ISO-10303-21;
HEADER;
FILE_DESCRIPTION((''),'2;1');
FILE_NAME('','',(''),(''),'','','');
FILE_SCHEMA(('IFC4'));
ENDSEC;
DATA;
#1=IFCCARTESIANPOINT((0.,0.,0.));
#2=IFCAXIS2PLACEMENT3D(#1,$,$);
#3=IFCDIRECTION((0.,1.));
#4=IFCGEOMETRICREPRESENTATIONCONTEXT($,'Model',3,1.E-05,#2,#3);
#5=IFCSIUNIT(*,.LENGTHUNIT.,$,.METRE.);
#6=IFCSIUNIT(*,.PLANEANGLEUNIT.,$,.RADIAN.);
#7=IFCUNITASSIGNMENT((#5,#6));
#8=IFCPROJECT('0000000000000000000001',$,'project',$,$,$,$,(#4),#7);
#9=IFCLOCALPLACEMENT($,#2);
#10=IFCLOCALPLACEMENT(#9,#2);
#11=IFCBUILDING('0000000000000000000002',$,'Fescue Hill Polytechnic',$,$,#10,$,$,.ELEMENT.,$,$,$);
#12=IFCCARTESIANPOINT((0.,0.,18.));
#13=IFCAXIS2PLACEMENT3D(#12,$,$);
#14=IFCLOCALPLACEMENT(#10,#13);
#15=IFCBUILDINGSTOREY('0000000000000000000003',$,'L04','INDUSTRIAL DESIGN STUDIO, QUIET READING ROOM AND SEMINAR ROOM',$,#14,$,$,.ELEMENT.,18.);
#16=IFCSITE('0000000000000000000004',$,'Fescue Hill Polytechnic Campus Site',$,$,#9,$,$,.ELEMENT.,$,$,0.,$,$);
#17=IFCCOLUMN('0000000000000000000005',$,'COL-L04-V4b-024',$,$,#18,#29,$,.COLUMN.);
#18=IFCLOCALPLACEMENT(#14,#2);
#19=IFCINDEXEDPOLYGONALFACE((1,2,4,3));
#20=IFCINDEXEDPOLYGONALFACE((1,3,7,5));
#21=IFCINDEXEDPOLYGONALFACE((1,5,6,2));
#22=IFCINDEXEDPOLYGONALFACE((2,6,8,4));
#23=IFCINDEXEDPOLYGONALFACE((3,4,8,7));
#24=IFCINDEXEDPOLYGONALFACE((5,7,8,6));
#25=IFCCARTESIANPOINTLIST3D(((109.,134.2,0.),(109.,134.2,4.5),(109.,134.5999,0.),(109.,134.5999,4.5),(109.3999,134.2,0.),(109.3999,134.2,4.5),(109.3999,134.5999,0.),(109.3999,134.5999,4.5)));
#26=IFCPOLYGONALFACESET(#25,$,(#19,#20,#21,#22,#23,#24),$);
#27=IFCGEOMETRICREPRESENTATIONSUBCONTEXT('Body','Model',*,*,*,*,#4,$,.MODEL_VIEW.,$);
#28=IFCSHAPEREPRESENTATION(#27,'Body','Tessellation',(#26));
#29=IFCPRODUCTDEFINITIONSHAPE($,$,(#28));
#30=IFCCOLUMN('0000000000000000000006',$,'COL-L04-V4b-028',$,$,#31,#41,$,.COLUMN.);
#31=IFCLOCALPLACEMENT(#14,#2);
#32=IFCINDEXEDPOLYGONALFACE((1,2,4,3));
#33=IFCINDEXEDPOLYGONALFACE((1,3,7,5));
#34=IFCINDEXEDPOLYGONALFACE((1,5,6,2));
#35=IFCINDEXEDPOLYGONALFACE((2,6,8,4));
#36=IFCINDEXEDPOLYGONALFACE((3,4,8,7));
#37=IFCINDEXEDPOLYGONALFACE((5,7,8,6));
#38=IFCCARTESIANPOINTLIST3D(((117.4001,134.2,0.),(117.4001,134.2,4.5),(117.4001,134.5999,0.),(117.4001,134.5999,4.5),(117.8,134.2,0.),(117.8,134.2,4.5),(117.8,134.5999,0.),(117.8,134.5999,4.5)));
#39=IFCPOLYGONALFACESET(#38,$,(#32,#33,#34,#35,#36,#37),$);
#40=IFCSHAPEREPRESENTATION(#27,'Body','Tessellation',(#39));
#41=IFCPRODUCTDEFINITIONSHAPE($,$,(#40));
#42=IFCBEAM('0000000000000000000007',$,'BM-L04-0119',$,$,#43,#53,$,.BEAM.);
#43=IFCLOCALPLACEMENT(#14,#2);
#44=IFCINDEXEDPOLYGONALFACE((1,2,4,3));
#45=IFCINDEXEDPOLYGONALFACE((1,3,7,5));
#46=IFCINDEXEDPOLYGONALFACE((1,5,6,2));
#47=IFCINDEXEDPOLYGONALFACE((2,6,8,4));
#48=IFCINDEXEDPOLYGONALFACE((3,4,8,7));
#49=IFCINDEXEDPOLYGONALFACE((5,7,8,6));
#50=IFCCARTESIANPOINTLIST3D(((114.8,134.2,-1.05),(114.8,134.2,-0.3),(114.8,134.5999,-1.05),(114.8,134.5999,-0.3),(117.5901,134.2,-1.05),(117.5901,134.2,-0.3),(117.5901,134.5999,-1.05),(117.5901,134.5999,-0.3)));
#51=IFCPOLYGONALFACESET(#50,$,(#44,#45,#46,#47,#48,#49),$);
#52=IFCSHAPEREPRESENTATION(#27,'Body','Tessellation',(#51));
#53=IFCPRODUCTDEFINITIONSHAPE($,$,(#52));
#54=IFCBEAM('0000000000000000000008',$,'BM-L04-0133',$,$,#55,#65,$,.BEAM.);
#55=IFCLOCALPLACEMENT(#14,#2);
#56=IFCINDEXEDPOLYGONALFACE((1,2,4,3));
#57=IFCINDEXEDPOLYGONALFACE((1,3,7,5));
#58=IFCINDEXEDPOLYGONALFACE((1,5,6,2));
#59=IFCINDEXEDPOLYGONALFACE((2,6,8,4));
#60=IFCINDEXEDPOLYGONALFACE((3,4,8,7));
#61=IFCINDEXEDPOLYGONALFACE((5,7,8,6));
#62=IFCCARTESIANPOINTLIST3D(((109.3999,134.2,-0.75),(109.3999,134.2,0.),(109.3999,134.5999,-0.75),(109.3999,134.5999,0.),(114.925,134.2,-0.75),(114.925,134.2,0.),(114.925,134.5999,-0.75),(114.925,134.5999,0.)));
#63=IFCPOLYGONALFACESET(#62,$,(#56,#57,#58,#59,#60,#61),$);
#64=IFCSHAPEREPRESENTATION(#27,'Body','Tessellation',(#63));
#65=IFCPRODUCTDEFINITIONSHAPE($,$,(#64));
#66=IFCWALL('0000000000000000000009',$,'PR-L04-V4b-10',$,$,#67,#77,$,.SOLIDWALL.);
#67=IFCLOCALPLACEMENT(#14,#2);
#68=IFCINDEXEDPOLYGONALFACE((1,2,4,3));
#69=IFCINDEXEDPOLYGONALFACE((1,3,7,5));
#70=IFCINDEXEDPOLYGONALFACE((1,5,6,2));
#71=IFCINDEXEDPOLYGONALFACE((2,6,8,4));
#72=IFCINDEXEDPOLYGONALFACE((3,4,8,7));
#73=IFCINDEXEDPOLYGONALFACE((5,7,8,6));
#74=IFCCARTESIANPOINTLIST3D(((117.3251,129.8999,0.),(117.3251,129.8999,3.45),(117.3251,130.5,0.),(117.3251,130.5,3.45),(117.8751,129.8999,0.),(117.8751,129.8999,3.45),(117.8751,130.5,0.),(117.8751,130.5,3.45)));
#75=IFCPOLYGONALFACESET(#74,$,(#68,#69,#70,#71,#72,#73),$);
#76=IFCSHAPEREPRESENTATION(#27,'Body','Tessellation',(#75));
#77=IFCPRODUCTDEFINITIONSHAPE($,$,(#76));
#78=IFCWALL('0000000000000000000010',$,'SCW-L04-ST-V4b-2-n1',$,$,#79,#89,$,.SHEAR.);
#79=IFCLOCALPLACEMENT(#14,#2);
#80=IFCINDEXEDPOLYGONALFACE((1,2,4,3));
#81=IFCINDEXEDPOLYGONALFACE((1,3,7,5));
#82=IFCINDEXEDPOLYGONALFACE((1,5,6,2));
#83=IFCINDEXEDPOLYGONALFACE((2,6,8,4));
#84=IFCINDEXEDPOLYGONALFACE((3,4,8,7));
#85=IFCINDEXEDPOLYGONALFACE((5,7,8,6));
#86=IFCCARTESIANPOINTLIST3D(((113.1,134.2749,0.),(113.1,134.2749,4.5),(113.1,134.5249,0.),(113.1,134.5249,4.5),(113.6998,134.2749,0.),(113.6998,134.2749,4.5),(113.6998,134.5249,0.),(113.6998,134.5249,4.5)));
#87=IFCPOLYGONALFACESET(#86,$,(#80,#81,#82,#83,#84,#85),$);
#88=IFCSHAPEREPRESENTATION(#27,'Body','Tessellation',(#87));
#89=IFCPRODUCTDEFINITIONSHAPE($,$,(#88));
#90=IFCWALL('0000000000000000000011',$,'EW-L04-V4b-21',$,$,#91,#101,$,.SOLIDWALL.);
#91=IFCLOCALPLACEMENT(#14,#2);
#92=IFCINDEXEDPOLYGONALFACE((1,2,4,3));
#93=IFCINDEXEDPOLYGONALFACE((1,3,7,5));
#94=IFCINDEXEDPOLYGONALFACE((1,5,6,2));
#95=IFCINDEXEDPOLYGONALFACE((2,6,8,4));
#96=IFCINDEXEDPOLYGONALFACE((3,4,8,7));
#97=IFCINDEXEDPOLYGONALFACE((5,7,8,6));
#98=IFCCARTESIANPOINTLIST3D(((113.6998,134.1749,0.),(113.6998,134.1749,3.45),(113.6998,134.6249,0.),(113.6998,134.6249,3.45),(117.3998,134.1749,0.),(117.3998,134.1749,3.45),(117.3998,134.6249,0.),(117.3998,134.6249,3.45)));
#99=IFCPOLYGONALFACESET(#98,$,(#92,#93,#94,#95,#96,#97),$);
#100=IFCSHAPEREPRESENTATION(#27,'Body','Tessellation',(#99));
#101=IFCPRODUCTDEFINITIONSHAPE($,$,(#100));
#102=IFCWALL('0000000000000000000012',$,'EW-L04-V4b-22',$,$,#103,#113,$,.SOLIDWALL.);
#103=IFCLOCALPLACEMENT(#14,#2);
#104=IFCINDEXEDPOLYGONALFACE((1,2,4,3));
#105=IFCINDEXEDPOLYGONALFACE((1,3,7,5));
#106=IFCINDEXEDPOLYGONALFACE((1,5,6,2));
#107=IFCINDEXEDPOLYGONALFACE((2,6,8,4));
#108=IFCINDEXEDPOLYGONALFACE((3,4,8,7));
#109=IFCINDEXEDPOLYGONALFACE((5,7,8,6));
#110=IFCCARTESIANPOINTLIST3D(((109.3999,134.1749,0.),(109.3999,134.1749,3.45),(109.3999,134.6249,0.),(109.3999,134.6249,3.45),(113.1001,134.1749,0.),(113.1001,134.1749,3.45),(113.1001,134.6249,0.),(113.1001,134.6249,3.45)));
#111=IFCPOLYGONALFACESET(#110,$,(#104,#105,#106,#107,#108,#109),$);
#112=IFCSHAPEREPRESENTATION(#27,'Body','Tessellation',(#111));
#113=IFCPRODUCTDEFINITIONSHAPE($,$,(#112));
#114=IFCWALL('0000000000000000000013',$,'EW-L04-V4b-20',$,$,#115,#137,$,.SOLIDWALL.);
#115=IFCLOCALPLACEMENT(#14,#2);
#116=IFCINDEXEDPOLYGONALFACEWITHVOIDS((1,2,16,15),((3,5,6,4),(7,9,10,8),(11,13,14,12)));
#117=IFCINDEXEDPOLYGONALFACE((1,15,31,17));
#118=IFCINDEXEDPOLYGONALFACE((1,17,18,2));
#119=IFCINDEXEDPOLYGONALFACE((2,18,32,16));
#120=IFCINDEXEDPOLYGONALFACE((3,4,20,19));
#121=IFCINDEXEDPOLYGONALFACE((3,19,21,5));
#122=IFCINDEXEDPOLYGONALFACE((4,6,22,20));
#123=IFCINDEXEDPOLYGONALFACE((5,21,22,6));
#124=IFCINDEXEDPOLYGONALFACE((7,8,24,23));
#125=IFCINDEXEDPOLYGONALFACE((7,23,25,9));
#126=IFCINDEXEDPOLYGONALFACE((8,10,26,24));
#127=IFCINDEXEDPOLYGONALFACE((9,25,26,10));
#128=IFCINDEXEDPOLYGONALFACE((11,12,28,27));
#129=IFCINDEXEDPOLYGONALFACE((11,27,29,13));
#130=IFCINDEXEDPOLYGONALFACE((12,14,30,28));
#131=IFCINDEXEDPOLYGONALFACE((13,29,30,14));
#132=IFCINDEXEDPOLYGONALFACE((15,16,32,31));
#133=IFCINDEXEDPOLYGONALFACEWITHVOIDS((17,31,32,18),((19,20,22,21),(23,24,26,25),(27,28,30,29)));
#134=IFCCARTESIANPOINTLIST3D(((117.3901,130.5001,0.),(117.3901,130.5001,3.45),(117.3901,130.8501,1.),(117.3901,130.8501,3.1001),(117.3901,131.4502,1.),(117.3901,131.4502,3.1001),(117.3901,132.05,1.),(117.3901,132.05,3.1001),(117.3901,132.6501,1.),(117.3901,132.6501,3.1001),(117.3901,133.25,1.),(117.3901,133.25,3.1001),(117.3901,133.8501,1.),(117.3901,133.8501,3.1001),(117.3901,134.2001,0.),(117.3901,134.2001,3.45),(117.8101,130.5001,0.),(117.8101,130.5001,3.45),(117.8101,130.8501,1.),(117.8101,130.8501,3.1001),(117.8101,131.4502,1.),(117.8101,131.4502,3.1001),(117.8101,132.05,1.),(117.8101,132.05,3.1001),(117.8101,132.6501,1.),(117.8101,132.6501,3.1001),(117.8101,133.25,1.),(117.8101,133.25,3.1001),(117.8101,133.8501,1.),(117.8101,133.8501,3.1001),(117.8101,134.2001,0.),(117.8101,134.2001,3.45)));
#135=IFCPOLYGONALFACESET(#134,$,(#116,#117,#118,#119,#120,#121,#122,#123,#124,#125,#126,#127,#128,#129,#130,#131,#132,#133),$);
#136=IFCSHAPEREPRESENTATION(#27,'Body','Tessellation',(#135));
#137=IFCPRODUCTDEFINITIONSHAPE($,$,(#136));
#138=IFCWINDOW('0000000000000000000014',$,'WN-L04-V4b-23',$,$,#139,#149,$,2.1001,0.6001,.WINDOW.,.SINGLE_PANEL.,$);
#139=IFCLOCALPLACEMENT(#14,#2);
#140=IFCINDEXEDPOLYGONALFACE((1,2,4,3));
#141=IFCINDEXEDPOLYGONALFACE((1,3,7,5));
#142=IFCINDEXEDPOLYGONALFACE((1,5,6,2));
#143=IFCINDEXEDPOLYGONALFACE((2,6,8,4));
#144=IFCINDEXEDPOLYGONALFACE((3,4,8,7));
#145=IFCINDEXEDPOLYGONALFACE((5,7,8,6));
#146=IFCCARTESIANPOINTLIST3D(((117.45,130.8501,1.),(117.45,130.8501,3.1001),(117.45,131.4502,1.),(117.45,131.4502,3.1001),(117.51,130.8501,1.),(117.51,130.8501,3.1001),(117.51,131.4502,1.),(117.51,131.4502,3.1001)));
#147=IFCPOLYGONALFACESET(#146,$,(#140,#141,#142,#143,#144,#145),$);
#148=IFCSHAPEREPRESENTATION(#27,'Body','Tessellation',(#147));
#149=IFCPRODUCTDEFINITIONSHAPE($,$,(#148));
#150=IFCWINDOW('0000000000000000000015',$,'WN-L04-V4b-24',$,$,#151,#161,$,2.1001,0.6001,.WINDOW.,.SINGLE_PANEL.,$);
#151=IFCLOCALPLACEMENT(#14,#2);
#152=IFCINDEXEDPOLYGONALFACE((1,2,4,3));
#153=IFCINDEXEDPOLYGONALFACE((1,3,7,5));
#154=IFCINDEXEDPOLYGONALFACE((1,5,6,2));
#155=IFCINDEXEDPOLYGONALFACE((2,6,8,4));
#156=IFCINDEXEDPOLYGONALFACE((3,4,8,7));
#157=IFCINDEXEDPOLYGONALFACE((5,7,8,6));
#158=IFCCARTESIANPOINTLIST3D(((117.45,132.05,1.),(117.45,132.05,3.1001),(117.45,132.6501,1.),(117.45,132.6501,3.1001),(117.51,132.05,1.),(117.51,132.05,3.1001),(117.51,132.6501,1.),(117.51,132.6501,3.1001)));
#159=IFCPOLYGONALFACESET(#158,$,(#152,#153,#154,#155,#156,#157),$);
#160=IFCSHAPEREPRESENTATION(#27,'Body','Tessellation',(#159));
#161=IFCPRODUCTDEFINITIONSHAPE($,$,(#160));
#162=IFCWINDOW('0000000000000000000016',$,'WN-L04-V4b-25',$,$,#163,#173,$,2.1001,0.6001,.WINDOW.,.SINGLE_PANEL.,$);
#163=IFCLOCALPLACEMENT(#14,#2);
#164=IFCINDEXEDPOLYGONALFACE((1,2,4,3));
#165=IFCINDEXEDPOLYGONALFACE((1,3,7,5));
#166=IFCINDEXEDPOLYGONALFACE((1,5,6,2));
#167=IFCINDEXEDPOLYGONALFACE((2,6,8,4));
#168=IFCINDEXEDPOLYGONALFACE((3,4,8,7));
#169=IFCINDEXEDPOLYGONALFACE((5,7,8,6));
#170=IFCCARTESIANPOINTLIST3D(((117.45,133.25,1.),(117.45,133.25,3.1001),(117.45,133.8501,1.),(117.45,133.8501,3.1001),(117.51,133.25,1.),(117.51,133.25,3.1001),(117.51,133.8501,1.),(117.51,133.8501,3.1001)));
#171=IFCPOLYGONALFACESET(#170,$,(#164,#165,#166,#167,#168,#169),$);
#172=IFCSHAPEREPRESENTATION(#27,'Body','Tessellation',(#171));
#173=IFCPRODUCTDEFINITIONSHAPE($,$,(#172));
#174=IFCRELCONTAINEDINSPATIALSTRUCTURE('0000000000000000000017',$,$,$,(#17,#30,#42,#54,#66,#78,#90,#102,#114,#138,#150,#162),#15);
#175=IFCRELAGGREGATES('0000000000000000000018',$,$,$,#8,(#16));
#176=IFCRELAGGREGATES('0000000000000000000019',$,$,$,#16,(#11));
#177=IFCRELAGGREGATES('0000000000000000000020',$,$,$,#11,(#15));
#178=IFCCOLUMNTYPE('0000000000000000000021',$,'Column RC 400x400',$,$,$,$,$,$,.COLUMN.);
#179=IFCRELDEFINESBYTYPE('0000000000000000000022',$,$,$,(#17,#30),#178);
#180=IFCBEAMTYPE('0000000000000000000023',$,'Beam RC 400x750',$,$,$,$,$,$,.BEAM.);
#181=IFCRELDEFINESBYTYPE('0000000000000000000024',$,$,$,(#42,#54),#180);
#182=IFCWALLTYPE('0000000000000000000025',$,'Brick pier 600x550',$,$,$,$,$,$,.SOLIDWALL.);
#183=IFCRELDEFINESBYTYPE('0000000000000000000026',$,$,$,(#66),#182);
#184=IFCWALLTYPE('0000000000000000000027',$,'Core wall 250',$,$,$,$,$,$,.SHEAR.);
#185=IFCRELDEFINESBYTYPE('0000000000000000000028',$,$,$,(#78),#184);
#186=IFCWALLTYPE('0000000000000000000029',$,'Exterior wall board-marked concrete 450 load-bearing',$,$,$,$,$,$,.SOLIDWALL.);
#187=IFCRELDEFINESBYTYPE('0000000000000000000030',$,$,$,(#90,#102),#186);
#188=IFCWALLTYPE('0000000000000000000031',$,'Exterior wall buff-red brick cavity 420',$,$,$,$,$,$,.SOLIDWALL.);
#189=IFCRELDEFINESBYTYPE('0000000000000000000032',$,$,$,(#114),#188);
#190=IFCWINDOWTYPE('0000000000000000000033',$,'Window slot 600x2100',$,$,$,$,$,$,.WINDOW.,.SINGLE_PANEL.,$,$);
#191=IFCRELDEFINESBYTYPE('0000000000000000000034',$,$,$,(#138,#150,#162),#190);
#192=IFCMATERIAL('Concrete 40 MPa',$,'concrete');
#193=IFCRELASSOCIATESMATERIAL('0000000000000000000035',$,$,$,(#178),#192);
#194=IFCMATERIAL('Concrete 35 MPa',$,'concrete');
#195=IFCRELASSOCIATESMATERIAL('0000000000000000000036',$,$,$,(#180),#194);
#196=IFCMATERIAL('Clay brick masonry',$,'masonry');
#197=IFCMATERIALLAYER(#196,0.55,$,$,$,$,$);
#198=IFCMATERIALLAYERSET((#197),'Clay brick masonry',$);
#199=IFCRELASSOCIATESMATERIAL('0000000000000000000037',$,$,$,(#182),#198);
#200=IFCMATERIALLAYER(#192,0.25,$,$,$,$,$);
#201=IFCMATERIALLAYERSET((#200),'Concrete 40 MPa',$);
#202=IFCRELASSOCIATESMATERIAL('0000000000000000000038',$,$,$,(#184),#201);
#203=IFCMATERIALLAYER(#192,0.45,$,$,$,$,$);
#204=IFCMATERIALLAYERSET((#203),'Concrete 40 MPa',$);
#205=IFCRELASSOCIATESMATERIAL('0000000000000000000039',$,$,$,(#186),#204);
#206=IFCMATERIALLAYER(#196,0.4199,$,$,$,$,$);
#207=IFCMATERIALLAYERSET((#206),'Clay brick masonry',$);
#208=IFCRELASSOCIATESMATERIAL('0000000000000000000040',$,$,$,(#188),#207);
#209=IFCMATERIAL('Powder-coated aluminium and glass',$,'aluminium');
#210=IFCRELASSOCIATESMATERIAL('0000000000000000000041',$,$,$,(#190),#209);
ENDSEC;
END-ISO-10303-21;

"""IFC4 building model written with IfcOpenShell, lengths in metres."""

from ifc_helpers import new_model, si_unit, direction, frame, frame_2d, origin, origin_2d, place, context, subcontext, project, spatial, rectangle, extrude, material, layer, layer_set, material_profile, profile_set, type_object, element, fill, save


model = new_model("IFC4")

# Units and contexts
model_context = context("Model", 3, precision=1e-05, world=origin(), true_north=direction((0.0, 1.0)))
body_context = subcontext(model_context, "Body", "Model", "MODEL_VIEW")
ifc_project = project(units=[si_unit("LENGTHUNIT", "METRE"), si_unit("PLANEANGLEUNIT", "RADIAN")], contexts=[model_context])

# Site, building, storey
site_placement = place(None, origin())
site = spatial("IfcSite", under=ifc_project, at=site_placement, Name="Fescue Hill Polytechnic Campus Site", CompositionType="ELEMENT", RefElevation=0.0)
building_placement = place(site_placement, origin())
building = spatial("IfcBuilding", under=site, at=building_placement, Name="Fescue Hill Polytechnic", CompositionType="ELEMENT")
storey_placement = place(building_placement, frame((0.0, 0.0, 18.0)))
storey = spatial("IfcBuildingStorey", under=building, at=storey_placement, Name="L04", Description="INDUSTRIAL DESIGN STUDIO, QUIET READING ROOM AND SEMINAR ROOM", CompositionType="ELEMENT", Elevation=18.0)

# Columns
ifc_material_1 = material(Name="Concrete 40 MPa", Category="concrete")
ifc_material_profile_1 = material_profile(ifc_material_1, rectangle(XDim=0.3999, YDim=0.3999, at=origin_2d()), Name="RC 400x400")
ifc_profile_set_1 = profile_set([ifc_material_profile_1], Name="Concrete 40 MPa")
column_type = type_object("IfcColumnType", Name="Column RC 400x400", PredefinedType="COLUMN", material=ifc_profile_set_1)
for number, where, z_axis, x_axis, name in (
    (1, (109.2, 134.3999, 0.0), (0.0, 0.0, 1.0), (1.0, 0.0, 0.0), "COL-L04-V4b-024"),
    (2, (117.6001, 134.3999, 0.0), (0.0, 0.0, 1.0), (1.0, 0.0, 0.0), "COL-L04-V4b-028"),
):
    element("IfcColumn", number, at=place(storey_placement, frame(where, z_axis=z_axis, x_axis=x_axis)), inside=storey, type_object=column_type, Name=name, PredefinedType="COLUMN", context=body_context, shape_type="SweptSolid", body=[
        extrude(rectangle(XDim=0.3999, YDim=0.3999, at=origin_2d()), origin(), (0.0, 0.0, 1.0), 4.5),
    ])

# Beams
ifc_material_2 = material(Name="Concrete 35 MPa", Category="concrete")
ifc_material_profile_2 = material_profile(ifc_material_2, rectangle(XDim=0.3999, YDim=0.75, at=origin_2d()), Name="RC 400x750")
ifc_profile_set_2 = profile_set([ifc_material_profile_2], Name="Concrete 35 MPa")
beam_type = type_object("IfcBeamType", Name="Beam RC 400x750", PredefinedType="BEAM", material=ifc_profile_set_2)
beam_1_placement = place(storey_placement, frame((114.8, 134.3999, -0.675), z_axis=(1.0, 0.0, 0.0), x_axis=(0.0, 1.0, 0.0)))
element("IfcBeam", 3, at=beam_1_placement, inside=storey, type_object=beam_type, Name="BM-L04-0119", PredefinedType="BEAM", context=body_context, shape_type="SweptSolid", body=[
    extrude(rectangle(XDim=0.3999, YDim=0.75, at=origin_2d()), origin(), (0.0, 0.0, 1.0), 2.79),
])
beam_2_placement = place(storey_placement, frame((109.3999, 134.3999, -0.375), z_axis=(1.0, 0.0, 0.0), x_axis=(0.0, 1.0, 0.0)))
element("IfcBeam", 4, at=beam_2_placement, inside=storey, type_object=beam_type, Name="BM-L04-0133", PredefinedType="BEAM", context=body_context, shape_type="SweptSolid", body=[
    extrude(rectangle(XDim=0.3999, YDim=0.75, at=origin_2d()), origin(), (0.0, 0.0, 1.0), 5.5251),
])

# Walls
ifc_material_3 = material(Name="Clay brick masonry", Category="masonry")
ifc_layer_1 = layer(ifc_material_3, 0.55)
ifc_layer_set_1 = layer_set([ifc_layer_1], Name="Clay brick masonry")
wall_type_1 = type_object("IfcWallType", Name="Brick pier 600x550", PredefinedType="SOLIDWALL", material=ifc_layer_set_1)
wall_1_placement = place(storey_placement, frame((117.6001, 129.8999, 0.0), z_axis=(0.0, 0.0, 1.0), x_axis=(0.0, 1.0, 0.0)))
element("IfcWall", 5, at=wall_1_placement, inside=storey, type_object=wall_type_1, Name="PR-L04-V4b-10", PredefinedType="SOLIDWALL", context=body_context, shape_type="SweptSolid", body=[
    extrude(rectangle(XDim=0.6001, YDim=0.55, at=frame_2d((0.3, 0.0))), origin(), (0.0, 0.0, 1.0), 3.45),
])
ifc_layer_2 = layer(ifc_material_1, 0.25)
ifc_layer_set_2 = layer_set([ifc_layer_2], Name="Concrete 40 MPa")
wall_type_2 = type_object("IfcWallType", Name="Core wall 250", PredefinedType="SHEAR", material=ifc_layer_set_2)
wall_2_placement = place(storey_placement, frame((113.1001, 134.3999, 0.0), z_axis=(0.0, 0.0, 1.0), x_axis=(1.0, 0.0, 0.0)))
element("IfcWall", 6, at=wall_2_placement, inside=storey, type_object=wall_type_2, Name="SCW-L04-ST-V4b-2-n1", PredefinedType="SHEAR", context=body_context, shape_type="SweptSolid", body=[
    extrude(rectangle(XDim=0.5999, YDim=0.25, at=frame_2d((0.2998, 0.0))), origin(), (0.0, 0.0, 1.0), 4.5),
])
ifc_layer_3 = layer(ifc_material_1, 0.45)
ifc_layer_set_3 = layer_set([ifc_layer_3], Name="Concrete 40 MPa")
wall_type_3 = type_object("IfcWallType", Name="Exterior wall board-marked concrete 450 load-bearing", PredefinedType="SOLIDWALL", material=ifc_layer_set_3)
wall_3_placement = place(storey_placement, frame((117.3999, 134.3999, 0.0), z_axis=(0.0, 0.0, 1.0), x_axis=(-1.0, 0.0, 0.0)))
element("IfcWall", 7, at=wall_3_placement, inside=storey, type_object=wall_type_3, Name="EW-L04-V4b-21", PredefinedType="SOLIDWALL", context=body_context, shape_type="SweptSolid", body=[
    extrude(rectangle(XDim=3.7, YDim=0.45, at=frame_2d((1.8501, 0.0))), origin(), (0.0, 0.0, 1.0), 3.45),
])
wall_4_placement = place(storey_placement, frame((113.1001, 134.3999, 0.0), z_axis=(0.0, 0.0, 1.0), x_axis=(-1.0, 0.0, 0.0)))
element("IfcWall", 8, at=wall_4_placement, inside=storey, type_object=wall_type_3, Name="EW-L04-V4b-22", PredefinedType="SOLIDWALL", context=body_context, shape_type="SweptSolid", body=[
    extrude(rectangle(XDim=3.7002, YDim=0.45, at=frame_2d((1.8501, 0.0))), origin(), (0.0, 0.0, 1.0), 3.45),
])

# Wall, openings, windows
ifc_layer_4 = layer(ifc_material_3, 0.4199)
ifc_layer_set_4 = layer_set([ifc_layer_4], Name="Clay brick masonry")
wall_type_4 = type_object("IfcWallType", Name="Exterior wall buff-red brick cavity 420", PredefinedType="SOLIDWALL", material=ifc_layer_set_4)
wall_5_placement = place(storey_placement, frame((117.6001, 130.5, 0.0), z_axis=(0.0, 0.0, 1.0), x_axis=(0.0, 1.0, 0.0)))
wall_5 = element("IfcWall", 9, at=wall_5_placement, inside=storey, type_object=wall_type_4, Name="EW-L04-V4b-20", PredefinedType="SOLIDWALL", context=body_context, shape_type="SweptSolid", body=[
    extrude(rectangle(XDim=3.7, YDim=0.4199, at=frame_2d((1.8501, 0.0))), origin(), (0.0, 0.0, 1.0), 3.45),
])
opening_1_placement = place(wall_5_placement, frame((0.3501, 0.0, 1.0)))
opening_1 = element("IfcOpeningElement", 10, at=opening_1_placement, cuts=wall_5, PredefinedType="OPENING", context=body_context, shape_type="SweptSolid", body=[
    extrude(rectangle(XDim=0.6001, YDim=2.1001, at=frame_2d((0.3, 1.05))), frame((0.0, 0.22, 0.0), z_axis=(0.0, -1.0, 0.0), x_axis=(1.0, 0.0, 0.0)), (0.0, 0.0, 1.0), 0.4399),
])
opening_2_placement = place(wall_5_placement, frame((1.55, 0.0, 1.0)))
opening_2 = element("IfcOpeningElement", 11, at=opening_2_placement, cuts=wall_5, PredefinedType="OPENING", context=body_context, shape_type="SweptSolid", body=[
    extrude(rectangle(XDim=0.6001, YDim=2.1001, at=frame_2d((0.3, 1.05))), frame((0.0, 0.22, 0.0), z_axis=(0.0, -1.0, 0.0), x_axis=(1.0, 0.0, 0.0)), (0.0, 0.0, 1.0), 0.4399),
])
opening_3_placement = place(wall_5_placement, frame((2.75, 0.0, 1.0)))
opening_3 = element("IfcOpeningElement", 12, at=opening_3_placement, cuts=wall_5, PredefinedType="OPENING", context=body_context, shape_type="SweptSolid", body=[
    extrude(rectangle(XDim=0.6001, YDim=2.1001, at=frame_2d((0.3, 1.05))), frame((0.0, 0.22, 0.0), z_axis=(0.0, -1.0, 0.0), x_axis=(1.0, 0.0, 0.0)), (0.0, 0.0, 1.0), 0.4399),
])
ifc_material_4 = material(Name="Powder-coated aluminium and glass", Category="aluminium")
window_type = type_object("IfcWindowType", Name="Window slot 600x2100", PartitioningType="SINGLE_PANEL", PredefinedType="WINDOW", material=ifc_material_4)
window_1_placement = place(opening_1_placement, origin())
window_1 = element("IfcWindow", 13, at=window_1_placement, inside=storey, type_object=window_type, Name="WN-L04-V4b-23", OverallHeight=2.1001, OverallWidth=0.6001, PartitioningType="SINGLE_PANEL", PredefinedType="WINDOW", context=body_context, shape_type="SweptSolid", body=[
    extrude(rectangle(XDim=0.6001, YDim=2.1001, at=frame_2d((0.3, 1.05))), frame((0.0, 0.1501, 0.0), z_axis=(0.0, -1.0, 0.0), x_axis=(1.0, 0.0, 0.0)), (0.0, 0.0, 1.0), 0.0601),
])
fill(opening_1, window_1)
window_2_placement = place(opening_2_placement, origin())
window_2 = element("IfcWindow", 14, at=window_2_placement, inside=storey, type_object=window_type, Name="WN-L04-V4b-24", OverallHeight=2.1001, OverallWidth=0.6001, PartitioningType="SINGLE_PANEL", PredefinedType="WINDOW", context=body_context, shape_type="SweptSolid", body=[
    extrude(rectangle(XDim=0.6001, YDim=2.1001, at=frame_2d((0.3, 1.05))), frame((0.0, 0.1501, 0.0), z_axis=(0.0, -1.0, 0.0), x_axis=(1.0, 0.0, 0.0)), (0.0, 0.0, 1.0), 0.0601),
])
fill(opening_2, window_2)
window_3_placement = place(opening_3_placement, origin())
window_3 = element("IfcWindow", 15, at=window_3_placement, inside=storey, type_object=window_type, Name="WN-L04-V4b-25", OverallHeight=2.1001, OverallWidth=0.6001, PartitioningType="SINGLE_PANEL", PredefinedType="WINDOW", context=body_context, shape_type="SweptSolid", body=[
    extrude(rectangle(XDim=0.6001, YDim=2.1001, at=frame_2d((0.3, 1.05))), frame((0.0, 0.1501, 0.0), z_axis=(0.0, -1.0, 0.0), x_axis=(1.0, 0.0, 0.0)), (0.0, 0.0, 1.0), 0.0601),
])
fill(opening_3, window_3)

save(model, "model.ifc")
